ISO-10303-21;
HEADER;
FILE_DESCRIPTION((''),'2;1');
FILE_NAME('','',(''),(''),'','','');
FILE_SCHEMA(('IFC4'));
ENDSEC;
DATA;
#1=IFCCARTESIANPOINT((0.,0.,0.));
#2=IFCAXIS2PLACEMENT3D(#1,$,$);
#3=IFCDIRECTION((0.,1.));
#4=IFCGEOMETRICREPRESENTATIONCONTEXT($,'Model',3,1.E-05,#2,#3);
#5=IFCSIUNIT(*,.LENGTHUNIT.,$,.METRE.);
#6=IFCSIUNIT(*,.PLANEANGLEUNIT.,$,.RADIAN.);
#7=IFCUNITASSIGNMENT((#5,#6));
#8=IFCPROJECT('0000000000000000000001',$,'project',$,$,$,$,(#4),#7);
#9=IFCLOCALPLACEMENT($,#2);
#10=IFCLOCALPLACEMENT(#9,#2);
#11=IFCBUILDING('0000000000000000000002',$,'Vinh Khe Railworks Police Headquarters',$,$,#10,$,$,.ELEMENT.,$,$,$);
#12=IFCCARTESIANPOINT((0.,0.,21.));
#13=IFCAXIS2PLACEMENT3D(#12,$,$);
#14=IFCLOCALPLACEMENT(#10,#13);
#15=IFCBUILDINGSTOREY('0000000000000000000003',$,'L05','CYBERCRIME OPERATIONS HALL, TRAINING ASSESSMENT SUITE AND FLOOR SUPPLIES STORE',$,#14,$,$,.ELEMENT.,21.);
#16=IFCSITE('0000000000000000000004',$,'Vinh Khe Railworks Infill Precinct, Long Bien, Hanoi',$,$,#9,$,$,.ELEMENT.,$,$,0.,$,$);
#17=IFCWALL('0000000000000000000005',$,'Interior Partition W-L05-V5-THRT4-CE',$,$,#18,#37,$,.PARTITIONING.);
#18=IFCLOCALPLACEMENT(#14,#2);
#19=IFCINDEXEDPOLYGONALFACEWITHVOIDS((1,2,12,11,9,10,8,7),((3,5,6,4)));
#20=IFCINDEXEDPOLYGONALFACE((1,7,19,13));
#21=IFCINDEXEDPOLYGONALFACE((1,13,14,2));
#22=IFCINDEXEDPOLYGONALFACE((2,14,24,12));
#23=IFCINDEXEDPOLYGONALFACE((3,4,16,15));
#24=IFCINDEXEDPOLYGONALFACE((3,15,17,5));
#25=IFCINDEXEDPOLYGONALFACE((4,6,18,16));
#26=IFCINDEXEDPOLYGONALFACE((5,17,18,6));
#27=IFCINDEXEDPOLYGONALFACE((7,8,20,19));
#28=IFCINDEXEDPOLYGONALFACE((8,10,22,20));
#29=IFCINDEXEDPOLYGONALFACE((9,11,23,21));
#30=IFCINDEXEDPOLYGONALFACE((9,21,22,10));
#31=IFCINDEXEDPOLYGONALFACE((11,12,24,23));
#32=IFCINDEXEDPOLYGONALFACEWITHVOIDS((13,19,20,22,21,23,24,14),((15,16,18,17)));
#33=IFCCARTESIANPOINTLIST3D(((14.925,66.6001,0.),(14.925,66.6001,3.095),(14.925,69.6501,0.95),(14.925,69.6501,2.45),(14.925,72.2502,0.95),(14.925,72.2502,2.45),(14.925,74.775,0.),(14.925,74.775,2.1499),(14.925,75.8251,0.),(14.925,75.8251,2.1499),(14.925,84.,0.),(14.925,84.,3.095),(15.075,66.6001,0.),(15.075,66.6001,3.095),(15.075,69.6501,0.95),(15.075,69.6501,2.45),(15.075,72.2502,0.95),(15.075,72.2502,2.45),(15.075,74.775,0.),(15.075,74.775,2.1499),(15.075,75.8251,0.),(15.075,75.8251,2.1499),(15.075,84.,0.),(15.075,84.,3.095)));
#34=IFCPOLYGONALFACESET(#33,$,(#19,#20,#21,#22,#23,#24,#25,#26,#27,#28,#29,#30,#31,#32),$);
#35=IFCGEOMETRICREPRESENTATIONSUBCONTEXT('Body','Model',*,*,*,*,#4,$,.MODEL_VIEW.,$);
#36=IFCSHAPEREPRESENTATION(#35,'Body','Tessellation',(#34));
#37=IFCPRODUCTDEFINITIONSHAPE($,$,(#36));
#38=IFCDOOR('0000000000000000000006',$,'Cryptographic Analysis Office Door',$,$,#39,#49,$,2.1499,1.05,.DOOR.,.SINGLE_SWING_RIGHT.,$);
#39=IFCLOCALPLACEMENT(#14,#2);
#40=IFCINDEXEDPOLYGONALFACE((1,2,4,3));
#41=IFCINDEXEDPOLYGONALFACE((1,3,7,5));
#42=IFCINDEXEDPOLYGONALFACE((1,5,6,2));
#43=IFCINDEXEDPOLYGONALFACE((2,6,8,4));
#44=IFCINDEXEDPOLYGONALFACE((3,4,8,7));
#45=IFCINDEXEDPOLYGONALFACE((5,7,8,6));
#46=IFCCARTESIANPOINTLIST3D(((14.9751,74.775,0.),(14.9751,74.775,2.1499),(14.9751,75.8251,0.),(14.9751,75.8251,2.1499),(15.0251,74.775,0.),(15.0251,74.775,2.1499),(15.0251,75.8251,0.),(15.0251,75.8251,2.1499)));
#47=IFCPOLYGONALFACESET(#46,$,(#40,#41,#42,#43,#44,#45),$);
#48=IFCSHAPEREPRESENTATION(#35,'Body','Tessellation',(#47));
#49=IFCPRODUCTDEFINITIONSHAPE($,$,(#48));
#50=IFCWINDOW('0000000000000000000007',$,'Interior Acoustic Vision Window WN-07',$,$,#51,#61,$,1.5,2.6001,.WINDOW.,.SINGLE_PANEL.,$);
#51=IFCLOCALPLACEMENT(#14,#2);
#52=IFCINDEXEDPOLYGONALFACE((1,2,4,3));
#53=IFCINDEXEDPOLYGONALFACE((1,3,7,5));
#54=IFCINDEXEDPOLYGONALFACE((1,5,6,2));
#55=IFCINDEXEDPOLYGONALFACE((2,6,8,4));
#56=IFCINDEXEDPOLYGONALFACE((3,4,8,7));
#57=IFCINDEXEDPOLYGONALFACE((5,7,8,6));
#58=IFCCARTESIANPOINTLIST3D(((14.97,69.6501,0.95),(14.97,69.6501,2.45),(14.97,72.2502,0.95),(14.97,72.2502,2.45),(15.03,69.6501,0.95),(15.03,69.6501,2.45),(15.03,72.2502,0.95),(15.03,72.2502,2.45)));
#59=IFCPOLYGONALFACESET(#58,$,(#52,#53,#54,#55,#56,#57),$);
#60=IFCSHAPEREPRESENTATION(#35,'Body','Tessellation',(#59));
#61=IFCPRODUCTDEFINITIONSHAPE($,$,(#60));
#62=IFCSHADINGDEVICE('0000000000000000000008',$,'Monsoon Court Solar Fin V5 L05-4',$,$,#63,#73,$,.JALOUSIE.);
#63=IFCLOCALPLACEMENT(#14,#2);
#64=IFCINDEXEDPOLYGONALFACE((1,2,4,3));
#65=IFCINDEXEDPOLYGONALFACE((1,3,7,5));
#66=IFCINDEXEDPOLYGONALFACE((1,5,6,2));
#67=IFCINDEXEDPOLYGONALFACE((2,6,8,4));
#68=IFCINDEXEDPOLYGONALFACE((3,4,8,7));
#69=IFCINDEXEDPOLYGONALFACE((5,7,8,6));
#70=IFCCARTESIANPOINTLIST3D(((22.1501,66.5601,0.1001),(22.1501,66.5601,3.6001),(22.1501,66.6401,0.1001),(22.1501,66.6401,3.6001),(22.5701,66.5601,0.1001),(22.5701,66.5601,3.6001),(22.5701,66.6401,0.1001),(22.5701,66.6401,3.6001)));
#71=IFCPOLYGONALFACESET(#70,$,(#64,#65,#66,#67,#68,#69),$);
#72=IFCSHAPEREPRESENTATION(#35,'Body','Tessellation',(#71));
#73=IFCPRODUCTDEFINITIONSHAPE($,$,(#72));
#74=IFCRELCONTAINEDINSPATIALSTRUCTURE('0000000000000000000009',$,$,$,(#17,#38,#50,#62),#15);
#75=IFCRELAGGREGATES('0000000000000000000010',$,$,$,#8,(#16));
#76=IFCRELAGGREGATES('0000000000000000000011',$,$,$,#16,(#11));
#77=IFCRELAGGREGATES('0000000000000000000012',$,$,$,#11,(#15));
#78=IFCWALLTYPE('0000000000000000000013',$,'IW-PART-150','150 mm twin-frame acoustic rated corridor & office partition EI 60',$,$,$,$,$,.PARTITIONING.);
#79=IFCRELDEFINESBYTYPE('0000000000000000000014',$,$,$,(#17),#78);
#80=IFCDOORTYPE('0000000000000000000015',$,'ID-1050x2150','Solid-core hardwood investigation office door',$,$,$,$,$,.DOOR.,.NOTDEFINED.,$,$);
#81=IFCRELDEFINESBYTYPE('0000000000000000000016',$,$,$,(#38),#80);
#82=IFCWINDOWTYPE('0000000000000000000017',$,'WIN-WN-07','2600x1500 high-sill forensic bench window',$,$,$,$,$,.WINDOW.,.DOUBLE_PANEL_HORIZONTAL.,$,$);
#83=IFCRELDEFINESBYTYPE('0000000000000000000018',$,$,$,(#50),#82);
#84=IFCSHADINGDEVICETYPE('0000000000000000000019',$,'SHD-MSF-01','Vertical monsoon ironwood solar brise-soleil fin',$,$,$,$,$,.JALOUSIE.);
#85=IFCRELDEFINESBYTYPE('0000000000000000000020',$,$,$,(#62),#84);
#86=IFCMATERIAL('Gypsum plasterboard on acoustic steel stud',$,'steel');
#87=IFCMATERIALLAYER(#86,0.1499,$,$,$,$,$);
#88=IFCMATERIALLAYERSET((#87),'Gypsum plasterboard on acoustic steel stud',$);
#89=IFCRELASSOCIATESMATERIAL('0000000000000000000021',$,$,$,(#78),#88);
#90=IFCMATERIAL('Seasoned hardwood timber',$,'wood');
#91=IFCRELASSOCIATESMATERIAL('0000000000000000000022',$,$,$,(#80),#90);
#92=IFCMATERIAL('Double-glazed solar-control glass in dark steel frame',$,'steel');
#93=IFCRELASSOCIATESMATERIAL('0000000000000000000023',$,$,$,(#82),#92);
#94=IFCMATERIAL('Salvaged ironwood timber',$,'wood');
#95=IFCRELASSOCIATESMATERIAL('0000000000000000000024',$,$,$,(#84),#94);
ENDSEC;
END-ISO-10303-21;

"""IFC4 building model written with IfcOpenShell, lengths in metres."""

from ifc_helpers import new_model, si_unit, direction, frame, frame_2d, origin, origin_2d, place, context, subcontext, project, spatial, rectangle, extrude, material, layer, layer_set, type_object, element, fill, save


model = new_model("IFC4")

# Units and contexts
model_context = context("Model", 3, precision=1e-05, world=origin(), true_north=direction((0.0, 1.0)))
body_context = subcontext(model_context, "Body", "Model", "MODEL_VIEW")
ifc_project = project(units=[si_unit("LENGTHUNIT", "METRE"), si_unit("PLANEANGLEUNIT", "RADIAN")], contexts=[model_context])

# Site, building, storey
site_placement = place(None, origin())
site = spatial("IfcSite", under=ifc_project, at=site_placement, Name="Vinh Khe Railworks Infill Precinct, Long Bien, Hanoi", CompositionType="ELEMENT", RefElevation=0.0)
building_placement = place(site_placement, origin())
building = spatial("IfcBuilding", under=site, at=building_placement, Name="Vinh Khe Railworks Police Headquarters", CompositionType="ELEMENT")
storey_placement = place(building_placement, frame((0.0, 0.0, 21.0)))
storey = spatial("IfcBuildingStorey", under=building, at=storey_placement, Name="L05", Description="CYBERCRIME OPERATIONS HALL, TRAINING ASSESSMENT SUITE AND FLOOR SUPPLIES STORE", CompositionType="ELEMENT", Elevation=21.0)

# Shared definitions
ifc_material_1 = material(Name="Double-glazed solar-control glass in dark steel frame", Category="steel")

# Wall, openings, door, window
ifc_material_2 = material(Name="Gypsum plasterboard on acoustic steel stud", Category="steel")
ifc_layer_1 = layer(ifc_material_2, 0.1499)
ifc_layer_set_1 = layer_set([ifc_layer_1], Name="Gypsum plasterboard on acoustic steel stud")
wall_type_1 = type_object("IfcWallType", Name="IW-PART-150", Description="150 mm twin-frame acoustic rated corridor & office partition EI 60", PredefinedType="PARTITIONING", material=ifc_layer_set_1)
wall_1_placement = place(storey_placement, frame((15.0, 66.6001, 0.0), z_axis=(0.0, 0.0, 1.0), x_axis=(0.0, 1.0, 0.0)))
wall_1 = element("IfcWall", 1, at=wall_1_placement, inside=storey, type_object=wall_type_1, Name="Interior Partition W-L05-V5-THRT4-CE", PredefinedType="PARTITIONING", context=body_context, shape_type="SweptSolid", body=[
    extrude(rectangle(XDim=17.3999, YDim=0.1499, at=frame_2d((8.7, 0.0))), origin(), (0.0, 0.0, 1.0), 3.095),
])
opening_1_placement = place(wall_1_placement, frame((8.175, 0.0, 0.0)))
opening_1 = element("IfcOpeningElement", 2, at=opening_1_placement, cuts=wall_1, PredefinedType="OPENING", context=body_context, shape_type="SweptSolid", body=[
    extrude(rectangle(XDim=1.05, YDim=2.1499, at=frame_2d((0.5249, 1.075))), frame((0.0, 0.0898, 0.0), z_axis=(0.0, -1.0, 0.0), x_axis=(1.0, 0.0, 0.0)), (0.0, 0.0, 1.0), 0.1797),
])
opening_2_placement = place(wall_1_placement, frame((3.05, 0.0, 0.95)))
opening_2 = element("IfcOpeningElement", 3, at=opening_2_placement, cuts=wall_1, PredefinedType="OPENING", context=body_context, shape_type="SweptSolid", body=[
    extrude(rectangle(XDim=2.6001, YDim=1.5, at=frame_2d((1.3, 0.75))), frame((0.0, 0.0898, 0.0), z_axis=(0.0, -1.0, 0.0), x_axis=(1.0, 0.0, 0.0)), (0.0, 0.0, 1.0), 0.1797),
])
ifc_material_3 = material(Name="Seasoned hardwood timber", Category="wood")
door_type = type_object("IfcDoorType", Name="ID-1050x2150", Description="Solid-core hardwood investigation office door", OperationType="NOTDEFINED", PredefinedType="DOOR", material=ifc_material_3)
door_placement = place(opening_1_placement, origin())
door = element("IfcDoor", 4, at=door_placement, inside=storey, type_object=door_type, Name="Cryptographic Analysis Office Door", OperationType="SINGLE_SWING_RIGHT", OverallHeight=2.1499, OverallWidth=1.05, PredefinedType="DOOR", context=body_context, shape_type="SweptSolid", body=[
    extrude(rectangle(XDim=1.05, YDim=2.1499, at=frame_2d((0.5249, 1.075))), frame((0.0, 0.0249, 0.0), z_axis=(0.0, -1.0, 0.0), x_axis=(1.0, 0.0, 0.0)), (0.0, 0.0, 1.0), 0.05),
])
fill(opening_1, door)
window_type_1 = type_object("IfcWindowType", Name="WIN-WN-07", Description="2600x1500 high-sill forensic bench window", PartitioningType="DOUBLE_PANEL_HORIZONTAL", PredefinedType="WINDOW", material=ifc_material_1)
window_1_placement = place(opening_2_placement, origin())
window_1 = element("IfcWindow", 5, at=window_1_placement, inside=storey, type_object=window_type_1, Name="Interior Acoustic Vision Window WN-07", OverallHeight=1.5, OverallWidth=2.6001, PartitioningType="SINGLE_PANEL", PredefinedType="WINDOW", context=body_context, shape_type="SweptSolid", body=[
    extrude(rectangle(XDim=2.6001, YDim=1.5, at=frame_2d((1.3, 0.75))), frame((0.0, 0.03, 0.0), z_axis=(0.0, -1.0, 0.0), x_axis=(1.0, 0.0, 0.0)), (0.0, 0.0, 1.0), 0.0601),
])
fill(opening_2, window_1)

# Shading device
ifc_material_4 = material(Name="Salvaged ironwood timber", Category="wood")
shading_device_type = type_object("IfcShadingDeviceType", Name="SHD-MSF-01", Description="Vertical monsoon ironwood solar brise-soleil fin", PredefinedType="JALOUSIE", material=ifc_material_4)
shading_device_placement = place(storey_placement, frame((22.3601, 66.6001, 0.1001), z_axis=(0.0, 0.0, 1.0), x_axis=(1.0, 0.0, 0.0)))
element("IfcShadingDevice", 6, at=shading_device_placement, inside=storey, type_object=shading_device_type, Name="Monsoon Court Solar Fin V5 L05-4", PredefinedType="JALOUSIE", context=body_context, shape_type="SweptSolid", body=[
    extrude(rectangle(XDim=0.4199, YDim=0.0801, at=origin_2d()), origin(), (0.0, 0.0, 1.0), 3.5),
])

save(model, "model.ifc")
